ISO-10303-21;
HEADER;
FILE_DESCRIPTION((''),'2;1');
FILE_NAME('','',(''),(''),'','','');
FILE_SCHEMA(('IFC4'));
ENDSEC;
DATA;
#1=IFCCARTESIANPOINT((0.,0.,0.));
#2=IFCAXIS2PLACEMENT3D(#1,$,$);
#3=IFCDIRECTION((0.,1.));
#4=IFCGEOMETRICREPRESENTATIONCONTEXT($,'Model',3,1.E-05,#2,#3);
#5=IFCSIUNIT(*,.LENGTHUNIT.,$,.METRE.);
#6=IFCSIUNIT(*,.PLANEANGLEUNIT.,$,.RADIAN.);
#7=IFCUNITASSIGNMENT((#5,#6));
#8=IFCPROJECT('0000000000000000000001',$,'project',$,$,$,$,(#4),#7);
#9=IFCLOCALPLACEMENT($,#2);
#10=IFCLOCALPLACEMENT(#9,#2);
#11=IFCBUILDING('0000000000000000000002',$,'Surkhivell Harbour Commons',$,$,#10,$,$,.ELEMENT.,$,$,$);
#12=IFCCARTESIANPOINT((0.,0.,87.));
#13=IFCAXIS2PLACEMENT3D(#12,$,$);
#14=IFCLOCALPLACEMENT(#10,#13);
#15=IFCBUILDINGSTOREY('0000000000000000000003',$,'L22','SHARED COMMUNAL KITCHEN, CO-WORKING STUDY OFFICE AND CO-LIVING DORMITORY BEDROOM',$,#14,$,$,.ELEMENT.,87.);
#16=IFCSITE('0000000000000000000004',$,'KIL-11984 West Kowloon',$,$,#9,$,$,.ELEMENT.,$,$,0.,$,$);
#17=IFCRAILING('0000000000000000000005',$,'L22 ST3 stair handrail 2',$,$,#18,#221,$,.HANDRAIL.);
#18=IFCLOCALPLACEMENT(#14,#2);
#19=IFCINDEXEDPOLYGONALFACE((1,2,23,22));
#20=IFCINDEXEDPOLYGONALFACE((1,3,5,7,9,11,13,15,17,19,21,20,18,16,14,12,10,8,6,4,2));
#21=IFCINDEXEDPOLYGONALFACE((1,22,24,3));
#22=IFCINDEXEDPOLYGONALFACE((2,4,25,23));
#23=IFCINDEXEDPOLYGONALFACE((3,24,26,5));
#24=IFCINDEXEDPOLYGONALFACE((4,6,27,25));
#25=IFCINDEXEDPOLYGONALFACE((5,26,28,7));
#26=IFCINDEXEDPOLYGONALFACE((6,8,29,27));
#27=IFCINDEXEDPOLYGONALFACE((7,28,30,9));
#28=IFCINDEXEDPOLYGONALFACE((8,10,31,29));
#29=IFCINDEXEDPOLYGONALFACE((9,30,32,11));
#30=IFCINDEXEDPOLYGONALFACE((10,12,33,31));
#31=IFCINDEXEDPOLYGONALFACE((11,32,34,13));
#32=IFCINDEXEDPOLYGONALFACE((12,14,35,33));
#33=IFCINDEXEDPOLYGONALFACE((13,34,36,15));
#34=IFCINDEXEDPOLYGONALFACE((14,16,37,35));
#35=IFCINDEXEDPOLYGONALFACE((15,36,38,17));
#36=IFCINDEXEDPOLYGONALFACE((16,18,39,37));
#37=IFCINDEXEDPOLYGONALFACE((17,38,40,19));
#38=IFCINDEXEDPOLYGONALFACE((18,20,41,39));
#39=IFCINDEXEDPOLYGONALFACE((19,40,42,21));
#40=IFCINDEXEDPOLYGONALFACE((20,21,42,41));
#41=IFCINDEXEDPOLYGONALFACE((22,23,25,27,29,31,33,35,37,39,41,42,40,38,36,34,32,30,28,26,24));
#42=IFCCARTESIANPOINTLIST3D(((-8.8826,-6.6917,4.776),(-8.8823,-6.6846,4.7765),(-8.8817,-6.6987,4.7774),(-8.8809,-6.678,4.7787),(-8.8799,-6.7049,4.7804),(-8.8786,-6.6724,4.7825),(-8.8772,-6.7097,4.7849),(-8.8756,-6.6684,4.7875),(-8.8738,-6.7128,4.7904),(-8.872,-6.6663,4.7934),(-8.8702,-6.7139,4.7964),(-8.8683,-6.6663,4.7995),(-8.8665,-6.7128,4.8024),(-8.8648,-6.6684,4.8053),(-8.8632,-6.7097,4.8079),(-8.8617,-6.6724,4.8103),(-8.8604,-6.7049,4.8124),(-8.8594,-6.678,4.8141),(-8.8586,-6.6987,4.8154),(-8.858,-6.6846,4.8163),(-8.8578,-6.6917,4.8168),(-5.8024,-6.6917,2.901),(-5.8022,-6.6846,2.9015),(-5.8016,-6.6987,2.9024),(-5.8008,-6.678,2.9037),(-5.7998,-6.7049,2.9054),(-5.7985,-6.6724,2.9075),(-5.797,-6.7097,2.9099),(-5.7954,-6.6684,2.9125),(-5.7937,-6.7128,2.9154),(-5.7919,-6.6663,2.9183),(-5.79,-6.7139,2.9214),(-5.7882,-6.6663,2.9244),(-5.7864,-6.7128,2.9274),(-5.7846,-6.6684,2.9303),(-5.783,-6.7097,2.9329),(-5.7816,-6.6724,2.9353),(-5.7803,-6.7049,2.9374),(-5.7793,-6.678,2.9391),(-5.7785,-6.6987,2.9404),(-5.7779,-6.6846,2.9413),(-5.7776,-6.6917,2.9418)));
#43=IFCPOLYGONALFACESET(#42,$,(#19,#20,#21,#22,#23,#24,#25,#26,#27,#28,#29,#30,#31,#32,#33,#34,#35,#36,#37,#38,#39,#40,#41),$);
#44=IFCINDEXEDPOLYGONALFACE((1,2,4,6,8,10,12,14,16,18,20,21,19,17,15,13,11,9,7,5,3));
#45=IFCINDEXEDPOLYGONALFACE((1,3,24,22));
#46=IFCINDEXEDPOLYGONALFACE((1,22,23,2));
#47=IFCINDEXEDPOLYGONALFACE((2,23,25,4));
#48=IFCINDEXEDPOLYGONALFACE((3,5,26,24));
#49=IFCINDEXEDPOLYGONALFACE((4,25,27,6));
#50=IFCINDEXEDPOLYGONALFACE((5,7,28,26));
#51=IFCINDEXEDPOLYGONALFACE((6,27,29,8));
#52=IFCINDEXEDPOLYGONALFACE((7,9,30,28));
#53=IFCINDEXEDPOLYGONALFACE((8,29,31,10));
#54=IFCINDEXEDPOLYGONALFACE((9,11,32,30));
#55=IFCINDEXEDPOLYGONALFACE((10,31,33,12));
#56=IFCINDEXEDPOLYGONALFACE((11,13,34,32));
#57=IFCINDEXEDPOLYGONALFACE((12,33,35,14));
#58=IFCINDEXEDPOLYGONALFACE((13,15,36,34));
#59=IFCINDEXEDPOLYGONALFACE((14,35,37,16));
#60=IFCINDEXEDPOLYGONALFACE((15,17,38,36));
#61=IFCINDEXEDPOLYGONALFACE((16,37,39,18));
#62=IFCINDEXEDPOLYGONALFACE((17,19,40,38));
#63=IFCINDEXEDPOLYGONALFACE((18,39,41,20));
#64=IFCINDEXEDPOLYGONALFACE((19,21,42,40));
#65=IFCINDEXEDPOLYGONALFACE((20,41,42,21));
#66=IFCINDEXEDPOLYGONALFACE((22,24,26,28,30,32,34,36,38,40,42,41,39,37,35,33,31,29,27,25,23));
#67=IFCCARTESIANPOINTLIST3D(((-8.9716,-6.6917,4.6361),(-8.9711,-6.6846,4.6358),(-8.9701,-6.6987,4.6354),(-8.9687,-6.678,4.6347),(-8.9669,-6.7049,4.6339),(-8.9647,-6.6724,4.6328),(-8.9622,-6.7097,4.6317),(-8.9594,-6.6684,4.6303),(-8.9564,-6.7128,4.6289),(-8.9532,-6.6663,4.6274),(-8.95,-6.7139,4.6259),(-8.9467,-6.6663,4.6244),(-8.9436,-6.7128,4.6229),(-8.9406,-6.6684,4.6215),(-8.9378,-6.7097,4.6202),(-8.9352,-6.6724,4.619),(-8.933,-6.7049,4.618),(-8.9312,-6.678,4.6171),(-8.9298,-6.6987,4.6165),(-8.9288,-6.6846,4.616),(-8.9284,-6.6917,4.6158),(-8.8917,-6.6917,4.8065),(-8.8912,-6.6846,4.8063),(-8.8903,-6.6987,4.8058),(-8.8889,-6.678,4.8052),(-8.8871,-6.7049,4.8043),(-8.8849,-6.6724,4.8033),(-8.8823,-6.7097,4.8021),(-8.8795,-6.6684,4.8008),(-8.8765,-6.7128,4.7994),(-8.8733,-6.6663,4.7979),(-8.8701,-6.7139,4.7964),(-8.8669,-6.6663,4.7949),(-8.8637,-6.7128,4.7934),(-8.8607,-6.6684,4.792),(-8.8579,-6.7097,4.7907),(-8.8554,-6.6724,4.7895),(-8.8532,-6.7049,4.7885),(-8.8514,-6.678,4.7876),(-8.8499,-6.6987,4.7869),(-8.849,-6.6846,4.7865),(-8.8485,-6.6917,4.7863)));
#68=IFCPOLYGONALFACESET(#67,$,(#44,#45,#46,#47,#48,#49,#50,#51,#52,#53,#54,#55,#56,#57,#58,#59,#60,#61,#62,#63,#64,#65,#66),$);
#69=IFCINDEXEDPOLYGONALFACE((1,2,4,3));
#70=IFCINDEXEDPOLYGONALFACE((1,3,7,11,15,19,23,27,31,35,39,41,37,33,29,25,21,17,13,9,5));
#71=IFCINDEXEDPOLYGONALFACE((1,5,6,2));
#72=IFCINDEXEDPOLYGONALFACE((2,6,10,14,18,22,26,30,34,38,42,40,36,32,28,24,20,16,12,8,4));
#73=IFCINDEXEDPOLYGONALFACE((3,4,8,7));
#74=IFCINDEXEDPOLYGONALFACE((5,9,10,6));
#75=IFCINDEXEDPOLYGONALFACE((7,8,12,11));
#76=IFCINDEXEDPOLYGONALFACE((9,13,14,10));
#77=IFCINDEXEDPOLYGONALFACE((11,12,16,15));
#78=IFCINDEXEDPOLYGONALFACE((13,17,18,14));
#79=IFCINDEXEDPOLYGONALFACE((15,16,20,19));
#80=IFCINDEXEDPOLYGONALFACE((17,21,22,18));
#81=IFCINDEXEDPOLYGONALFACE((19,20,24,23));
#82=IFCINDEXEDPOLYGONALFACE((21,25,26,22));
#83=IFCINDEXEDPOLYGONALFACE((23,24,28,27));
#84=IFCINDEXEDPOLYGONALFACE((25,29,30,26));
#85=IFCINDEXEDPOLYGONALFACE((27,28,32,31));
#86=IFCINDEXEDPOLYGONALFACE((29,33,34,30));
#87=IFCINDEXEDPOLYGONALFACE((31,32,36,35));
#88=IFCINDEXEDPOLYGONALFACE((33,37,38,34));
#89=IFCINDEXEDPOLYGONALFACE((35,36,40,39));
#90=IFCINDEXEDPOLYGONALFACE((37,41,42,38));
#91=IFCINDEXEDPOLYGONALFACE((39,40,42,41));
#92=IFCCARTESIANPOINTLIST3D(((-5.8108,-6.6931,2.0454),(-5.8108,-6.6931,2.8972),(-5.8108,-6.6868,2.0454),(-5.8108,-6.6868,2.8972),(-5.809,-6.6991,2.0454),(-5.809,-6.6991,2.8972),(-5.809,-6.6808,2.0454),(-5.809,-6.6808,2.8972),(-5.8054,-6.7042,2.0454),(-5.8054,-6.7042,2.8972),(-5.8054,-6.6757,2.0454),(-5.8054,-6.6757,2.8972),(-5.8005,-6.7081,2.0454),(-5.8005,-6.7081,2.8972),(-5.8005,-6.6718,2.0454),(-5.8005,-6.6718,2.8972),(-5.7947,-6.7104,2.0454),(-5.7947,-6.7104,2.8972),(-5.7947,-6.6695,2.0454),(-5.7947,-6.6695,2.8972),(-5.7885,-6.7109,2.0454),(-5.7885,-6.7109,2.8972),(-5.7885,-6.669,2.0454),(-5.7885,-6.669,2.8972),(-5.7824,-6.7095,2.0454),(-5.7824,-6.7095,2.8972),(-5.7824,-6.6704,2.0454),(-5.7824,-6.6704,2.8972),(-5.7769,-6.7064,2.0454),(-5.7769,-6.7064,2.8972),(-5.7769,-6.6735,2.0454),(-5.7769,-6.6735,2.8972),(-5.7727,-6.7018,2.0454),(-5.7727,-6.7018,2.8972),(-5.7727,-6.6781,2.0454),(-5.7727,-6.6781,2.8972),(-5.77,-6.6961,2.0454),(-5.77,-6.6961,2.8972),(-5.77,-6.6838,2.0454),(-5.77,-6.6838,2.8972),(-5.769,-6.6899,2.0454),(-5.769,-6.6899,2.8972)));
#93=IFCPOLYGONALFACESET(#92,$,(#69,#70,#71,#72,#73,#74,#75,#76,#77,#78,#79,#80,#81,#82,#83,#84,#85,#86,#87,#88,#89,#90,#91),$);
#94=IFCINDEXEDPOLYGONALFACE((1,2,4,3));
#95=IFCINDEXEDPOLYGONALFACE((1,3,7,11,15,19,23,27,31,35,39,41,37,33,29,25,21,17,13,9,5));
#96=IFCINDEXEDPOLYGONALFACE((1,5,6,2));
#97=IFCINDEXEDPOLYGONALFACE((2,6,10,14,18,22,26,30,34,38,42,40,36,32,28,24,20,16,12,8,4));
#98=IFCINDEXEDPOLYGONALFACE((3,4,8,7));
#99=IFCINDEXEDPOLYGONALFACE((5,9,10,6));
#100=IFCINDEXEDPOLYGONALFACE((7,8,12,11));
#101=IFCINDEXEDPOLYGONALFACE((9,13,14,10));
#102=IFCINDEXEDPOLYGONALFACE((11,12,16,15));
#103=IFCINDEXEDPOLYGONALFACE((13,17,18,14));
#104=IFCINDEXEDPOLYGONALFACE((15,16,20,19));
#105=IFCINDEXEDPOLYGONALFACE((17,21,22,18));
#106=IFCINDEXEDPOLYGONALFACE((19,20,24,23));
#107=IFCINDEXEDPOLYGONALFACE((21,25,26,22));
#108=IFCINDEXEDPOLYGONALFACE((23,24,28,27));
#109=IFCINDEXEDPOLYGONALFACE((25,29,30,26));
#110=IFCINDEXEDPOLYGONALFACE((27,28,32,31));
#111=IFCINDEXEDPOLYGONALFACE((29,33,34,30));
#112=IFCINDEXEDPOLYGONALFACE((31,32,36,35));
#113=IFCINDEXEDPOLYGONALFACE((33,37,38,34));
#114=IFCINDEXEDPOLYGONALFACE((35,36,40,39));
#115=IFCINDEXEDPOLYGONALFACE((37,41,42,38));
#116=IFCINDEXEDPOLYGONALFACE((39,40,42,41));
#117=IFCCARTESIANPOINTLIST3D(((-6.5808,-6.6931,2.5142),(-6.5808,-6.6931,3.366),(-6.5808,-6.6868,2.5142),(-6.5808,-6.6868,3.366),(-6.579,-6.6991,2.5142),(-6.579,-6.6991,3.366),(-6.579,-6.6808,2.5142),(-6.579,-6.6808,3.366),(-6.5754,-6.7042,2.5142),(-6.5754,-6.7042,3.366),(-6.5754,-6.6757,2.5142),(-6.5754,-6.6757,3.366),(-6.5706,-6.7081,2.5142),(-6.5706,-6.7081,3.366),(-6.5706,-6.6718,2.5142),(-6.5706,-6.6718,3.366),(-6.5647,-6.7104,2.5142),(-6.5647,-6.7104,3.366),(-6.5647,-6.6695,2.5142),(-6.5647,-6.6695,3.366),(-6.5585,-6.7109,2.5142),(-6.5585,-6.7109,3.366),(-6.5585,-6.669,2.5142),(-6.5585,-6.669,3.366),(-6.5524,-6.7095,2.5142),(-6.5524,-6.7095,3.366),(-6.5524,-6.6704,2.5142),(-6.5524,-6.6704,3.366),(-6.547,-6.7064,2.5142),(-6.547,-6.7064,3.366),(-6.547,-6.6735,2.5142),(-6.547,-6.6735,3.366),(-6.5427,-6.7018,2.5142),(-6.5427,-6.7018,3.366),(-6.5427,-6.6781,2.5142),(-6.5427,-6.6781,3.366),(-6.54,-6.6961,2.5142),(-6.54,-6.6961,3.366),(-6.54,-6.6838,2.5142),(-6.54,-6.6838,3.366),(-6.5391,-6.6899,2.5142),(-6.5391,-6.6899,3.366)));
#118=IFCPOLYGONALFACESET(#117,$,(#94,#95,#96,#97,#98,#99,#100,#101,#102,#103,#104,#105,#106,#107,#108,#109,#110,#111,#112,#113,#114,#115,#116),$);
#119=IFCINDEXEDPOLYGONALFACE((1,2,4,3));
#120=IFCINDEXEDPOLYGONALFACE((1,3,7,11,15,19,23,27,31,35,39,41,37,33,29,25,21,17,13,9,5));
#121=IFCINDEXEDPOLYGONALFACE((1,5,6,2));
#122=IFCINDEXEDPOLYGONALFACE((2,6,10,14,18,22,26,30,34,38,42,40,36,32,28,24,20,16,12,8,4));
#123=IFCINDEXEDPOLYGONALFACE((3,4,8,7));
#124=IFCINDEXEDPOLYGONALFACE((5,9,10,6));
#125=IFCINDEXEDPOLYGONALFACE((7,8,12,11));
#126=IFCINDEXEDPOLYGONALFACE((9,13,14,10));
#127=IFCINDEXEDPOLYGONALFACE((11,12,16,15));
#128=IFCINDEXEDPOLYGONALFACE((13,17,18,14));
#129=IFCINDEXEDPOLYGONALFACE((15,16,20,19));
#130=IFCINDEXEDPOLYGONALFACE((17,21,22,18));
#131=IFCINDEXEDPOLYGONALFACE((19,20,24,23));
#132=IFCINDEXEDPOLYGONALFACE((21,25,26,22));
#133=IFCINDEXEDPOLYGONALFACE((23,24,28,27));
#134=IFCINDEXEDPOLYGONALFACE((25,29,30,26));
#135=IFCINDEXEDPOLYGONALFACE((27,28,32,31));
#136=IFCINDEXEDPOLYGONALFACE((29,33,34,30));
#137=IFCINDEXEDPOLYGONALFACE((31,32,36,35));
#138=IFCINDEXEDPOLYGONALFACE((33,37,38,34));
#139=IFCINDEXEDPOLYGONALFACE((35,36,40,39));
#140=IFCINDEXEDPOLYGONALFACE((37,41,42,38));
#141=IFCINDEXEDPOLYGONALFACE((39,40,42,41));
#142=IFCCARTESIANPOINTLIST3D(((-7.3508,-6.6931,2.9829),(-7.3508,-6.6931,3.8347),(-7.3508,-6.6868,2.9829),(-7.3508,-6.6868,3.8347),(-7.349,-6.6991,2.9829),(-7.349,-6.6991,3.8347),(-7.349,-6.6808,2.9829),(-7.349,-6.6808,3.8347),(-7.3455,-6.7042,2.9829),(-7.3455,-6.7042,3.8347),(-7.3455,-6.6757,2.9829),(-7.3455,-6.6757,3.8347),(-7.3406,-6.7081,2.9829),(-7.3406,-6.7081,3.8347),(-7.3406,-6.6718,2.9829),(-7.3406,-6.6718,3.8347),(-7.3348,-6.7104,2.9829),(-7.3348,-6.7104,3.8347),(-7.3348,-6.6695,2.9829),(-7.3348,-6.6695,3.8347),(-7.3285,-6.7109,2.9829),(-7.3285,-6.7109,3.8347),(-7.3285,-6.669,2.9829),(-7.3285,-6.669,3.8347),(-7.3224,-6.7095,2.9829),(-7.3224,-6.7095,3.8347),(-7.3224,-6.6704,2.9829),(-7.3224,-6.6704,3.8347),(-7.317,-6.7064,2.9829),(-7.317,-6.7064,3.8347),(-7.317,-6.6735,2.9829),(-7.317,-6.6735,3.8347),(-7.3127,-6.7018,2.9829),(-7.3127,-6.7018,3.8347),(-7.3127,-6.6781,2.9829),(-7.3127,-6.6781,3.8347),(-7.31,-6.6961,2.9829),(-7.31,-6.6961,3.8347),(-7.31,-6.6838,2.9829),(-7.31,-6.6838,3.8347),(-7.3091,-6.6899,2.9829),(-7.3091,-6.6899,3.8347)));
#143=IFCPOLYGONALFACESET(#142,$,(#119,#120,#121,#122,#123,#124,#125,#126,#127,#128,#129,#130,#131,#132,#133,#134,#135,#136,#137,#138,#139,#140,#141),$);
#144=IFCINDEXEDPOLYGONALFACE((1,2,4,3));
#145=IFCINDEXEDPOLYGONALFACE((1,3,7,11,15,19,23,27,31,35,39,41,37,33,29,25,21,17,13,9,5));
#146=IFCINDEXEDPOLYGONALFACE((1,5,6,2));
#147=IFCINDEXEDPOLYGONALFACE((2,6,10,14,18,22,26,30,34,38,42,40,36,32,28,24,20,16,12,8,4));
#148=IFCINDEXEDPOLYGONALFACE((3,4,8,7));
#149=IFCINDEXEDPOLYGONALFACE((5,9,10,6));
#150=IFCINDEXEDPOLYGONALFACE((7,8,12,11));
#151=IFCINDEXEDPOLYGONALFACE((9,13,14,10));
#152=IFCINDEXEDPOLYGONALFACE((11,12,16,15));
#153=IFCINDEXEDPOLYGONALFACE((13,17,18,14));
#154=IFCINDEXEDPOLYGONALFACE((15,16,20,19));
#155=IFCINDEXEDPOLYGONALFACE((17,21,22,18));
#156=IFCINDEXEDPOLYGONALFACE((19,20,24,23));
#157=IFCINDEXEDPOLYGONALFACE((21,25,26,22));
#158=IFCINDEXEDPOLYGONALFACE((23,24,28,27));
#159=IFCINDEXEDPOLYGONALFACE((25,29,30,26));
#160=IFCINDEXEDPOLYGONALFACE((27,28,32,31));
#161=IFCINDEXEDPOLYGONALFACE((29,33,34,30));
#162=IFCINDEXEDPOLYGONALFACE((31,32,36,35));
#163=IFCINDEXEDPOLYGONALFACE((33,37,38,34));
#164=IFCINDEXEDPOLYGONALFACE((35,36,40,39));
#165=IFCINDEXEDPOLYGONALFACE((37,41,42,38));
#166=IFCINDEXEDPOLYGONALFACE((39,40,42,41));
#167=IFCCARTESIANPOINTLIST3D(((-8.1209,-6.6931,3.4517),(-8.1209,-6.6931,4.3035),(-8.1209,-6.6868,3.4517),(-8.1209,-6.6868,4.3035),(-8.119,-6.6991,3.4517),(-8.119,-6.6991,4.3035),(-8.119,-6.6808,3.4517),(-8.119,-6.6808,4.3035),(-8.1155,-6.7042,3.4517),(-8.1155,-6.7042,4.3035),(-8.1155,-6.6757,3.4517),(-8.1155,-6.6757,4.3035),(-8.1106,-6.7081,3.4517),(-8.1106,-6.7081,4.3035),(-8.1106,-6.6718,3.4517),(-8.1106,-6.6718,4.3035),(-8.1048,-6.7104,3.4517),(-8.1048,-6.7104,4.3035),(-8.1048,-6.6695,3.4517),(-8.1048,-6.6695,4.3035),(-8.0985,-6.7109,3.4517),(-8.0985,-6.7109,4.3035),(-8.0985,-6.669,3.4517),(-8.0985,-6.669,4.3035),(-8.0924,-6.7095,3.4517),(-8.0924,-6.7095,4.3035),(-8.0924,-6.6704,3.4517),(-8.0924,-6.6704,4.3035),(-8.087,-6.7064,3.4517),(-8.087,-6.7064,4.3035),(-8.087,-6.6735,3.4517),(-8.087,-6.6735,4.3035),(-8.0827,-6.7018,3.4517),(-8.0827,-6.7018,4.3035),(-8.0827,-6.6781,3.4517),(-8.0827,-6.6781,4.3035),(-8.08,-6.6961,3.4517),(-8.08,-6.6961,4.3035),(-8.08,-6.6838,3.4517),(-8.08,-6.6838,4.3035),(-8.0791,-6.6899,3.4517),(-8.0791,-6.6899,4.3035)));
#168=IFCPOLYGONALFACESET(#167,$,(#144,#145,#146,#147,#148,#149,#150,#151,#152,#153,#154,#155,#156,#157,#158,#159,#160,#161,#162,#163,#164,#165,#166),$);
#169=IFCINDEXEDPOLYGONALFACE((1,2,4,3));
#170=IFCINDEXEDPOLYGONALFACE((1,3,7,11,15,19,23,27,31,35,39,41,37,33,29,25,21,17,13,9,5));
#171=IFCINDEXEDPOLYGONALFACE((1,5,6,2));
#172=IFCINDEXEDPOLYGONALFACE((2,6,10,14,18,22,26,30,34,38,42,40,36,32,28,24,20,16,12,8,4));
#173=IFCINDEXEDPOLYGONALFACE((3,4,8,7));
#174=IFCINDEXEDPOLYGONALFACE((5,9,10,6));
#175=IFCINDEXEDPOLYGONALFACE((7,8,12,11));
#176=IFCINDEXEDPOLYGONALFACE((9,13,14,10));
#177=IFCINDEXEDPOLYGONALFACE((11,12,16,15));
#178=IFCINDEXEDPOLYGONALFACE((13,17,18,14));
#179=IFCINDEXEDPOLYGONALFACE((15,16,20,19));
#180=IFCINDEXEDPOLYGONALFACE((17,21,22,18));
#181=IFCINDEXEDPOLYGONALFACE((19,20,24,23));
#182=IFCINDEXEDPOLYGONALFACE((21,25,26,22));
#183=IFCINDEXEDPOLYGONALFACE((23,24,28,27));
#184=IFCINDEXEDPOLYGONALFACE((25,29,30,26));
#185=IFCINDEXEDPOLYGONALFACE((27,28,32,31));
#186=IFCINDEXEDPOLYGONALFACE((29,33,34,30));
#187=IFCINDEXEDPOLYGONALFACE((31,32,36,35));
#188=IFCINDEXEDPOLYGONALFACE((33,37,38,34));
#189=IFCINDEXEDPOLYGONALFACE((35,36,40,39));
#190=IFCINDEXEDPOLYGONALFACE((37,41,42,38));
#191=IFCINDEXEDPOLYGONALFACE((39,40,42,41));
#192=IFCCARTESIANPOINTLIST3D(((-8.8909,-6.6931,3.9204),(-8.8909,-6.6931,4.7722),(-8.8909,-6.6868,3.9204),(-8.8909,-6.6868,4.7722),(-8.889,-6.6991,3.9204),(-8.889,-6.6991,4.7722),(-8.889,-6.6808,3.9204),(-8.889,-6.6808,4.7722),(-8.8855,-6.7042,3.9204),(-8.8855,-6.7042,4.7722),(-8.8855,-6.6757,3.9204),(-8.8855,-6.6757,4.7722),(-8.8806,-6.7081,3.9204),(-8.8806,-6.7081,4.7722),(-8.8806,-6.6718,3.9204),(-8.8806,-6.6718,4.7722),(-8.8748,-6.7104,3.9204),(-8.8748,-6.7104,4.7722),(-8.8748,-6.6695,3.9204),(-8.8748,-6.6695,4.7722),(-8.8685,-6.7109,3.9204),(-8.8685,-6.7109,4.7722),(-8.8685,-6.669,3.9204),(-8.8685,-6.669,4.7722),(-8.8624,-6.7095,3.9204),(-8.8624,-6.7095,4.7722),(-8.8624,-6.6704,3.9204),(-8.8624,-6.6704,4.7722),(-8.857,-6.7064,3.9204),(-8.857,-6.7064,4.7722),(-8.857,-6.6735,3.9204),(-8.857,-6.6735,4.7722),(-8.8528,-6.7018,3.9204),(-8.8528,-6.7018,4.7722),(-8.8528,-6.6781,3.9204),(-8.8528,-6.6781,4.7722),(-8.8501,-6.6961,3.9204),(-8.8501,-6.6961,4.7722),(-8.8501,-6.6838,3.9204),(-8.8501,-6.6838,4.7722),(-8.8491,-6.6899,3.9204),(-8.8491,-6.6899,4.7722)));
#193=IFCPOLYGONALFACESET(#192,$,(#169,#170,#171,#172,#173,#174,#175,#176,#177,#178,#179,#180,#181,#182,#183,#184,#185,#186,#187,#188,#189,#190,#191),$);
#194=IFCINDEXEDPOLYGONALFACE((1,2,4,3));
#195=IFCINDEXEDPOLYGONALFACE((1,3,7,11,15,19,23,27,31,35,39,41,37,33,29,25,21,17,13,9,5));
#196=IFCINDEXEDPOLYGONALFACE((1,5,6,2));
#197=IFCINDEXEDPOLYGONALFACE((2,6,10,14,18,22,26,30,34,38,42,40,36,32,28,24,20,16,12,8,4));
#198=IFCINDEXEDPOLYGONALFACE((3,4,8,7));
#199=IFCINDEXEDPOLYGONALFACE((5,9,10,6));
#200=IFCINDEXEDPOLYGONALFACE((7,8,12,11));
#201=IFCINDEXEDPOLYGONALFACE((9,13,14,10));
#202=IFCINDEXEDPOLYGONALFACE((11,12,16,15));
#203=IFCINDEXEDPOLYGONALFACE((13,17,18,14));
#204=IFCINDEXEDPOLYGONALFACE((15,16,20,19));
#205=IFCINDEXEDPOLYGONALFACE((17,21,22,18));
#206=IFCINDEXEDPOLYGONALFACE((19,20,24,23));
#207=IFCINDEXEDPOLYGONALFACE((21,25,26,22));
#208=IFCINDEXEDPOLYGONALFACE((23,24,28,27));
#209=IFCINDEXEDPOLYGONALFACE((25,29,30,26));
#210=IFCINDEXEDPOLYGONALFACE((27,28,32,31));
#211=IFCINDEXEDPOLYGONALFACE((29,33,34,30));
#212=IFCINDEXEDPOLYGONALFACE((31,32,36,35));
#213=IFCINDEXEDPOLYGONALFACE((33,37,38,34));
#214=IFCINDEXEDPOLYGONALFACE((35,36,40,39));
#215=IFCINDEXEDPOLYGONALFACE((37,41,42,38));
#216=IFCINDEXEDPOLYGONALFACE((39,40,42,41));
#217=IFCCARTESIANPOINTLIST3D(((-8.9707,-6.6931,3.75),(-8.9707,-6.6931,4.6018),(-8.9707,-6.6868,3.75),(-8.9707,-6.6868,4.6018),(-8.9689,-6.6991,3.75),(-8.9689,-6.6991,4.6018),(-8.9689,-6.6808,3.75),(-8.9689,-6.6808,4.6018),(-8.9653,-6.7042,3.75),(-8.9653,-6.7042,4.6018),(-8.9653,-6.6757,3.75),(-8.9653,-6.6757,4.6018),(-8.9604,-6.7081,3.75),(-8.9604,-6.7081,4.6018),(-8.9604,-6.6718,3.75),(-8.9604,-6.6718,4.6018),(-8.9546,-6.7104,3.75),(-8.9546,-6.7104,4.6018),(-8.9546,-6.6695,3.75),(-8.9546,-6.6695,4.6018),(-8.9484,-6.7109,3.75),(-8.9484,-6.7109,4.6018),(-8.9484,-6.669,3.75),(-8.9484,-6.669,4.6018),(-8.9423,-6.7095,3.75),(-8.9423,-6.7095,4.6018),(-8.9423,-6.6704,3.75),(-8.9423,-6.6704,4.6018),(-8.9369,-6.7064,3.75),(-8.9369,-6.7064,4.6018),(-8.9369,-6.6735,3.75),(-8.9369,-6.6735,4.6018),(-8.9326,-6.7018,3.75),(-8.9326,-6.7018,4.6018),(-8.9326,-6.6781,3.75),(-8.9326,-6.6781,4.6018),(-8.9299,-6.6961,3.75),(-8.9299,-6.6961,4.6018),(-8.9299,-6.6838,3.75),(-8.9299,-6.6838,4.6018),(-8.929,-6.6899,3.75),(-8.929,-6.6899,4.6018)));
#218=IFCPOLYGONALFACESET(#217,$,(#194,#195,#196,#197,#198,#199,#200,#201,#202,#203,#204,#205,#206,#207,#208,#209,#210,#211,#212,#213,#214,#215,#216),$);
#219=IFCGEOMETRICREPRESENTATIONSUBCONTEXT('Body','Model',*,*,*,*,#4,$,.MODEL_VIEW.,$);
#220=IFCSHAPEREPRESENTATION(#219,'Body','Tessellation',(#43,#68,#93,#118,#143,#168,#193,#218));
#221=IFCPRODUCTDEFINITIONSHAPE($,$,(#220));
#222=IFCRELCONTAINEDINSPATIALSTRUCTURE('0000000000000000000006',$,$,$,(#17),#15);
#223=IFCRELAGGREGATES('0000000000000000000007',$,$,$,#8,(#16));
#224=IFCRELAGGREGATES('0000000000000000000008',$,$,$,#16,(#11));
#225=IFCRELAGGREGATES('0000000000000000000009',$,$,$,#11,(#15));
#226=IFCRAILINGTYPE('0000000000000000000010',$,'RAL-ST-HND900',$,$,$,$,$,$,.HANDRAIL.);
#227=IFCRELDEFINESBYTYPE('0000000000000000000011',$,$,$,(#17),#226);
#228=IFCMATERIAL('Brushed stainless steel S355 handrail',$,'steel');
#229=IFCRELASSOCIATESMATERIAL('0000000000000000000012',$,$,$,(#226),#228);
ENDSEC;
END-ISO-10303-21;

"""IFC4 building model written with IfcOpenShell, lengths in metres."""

from ifc_helpers import new_model, si_unit, direction, frame, origin, origin_2d, place, context, subcontext, project, spatial, circle, extrude, material, type_object, element, save


model = new_model("IFC4")

# Units and contexts
model_context = context("Model", 3, precision=1e-05, world=origin(), true_north=direction((0.0, 1.0)))
body_context = subcontext(model_context, "Body", "Model", "MODEL_VIEW")
ifc_project = project(units=[si_unit("LENGTHUNIT", "METRE"), si_unit("PLANEANGLEUNIT", "RADIAN")], contexts=[model_context])

# Site, building, storey
site_placement = place(None, origin())
site = spatial("IfcSite", under=ifc_project, at=site_placement, Name="KIL-11984 West Kowloon", CompositionType="ELEMENT", RefElevation=0.0)
building_placement = place(site_placement, origin())
building = spatial("IfcBuilding", under=site, at=building_placement, Name="Surkhivell Harbour Commons", CompositionType="ELEMENT")
storey_placement = place(building_placement, frame((0.0, 0.0, 87.0)))
storey = spatial("IfcBuildingStorey", under=building, at=storey_placement, Name="L22", Description="SHARED COMMUNAL KITCHEN, CO-WORKING STUDY OFFICE AND CO-LIVING DORMITORY BEDROOM", CompositionType="ELEMENT", Elevation=87.0)

# Railing
ifc_material_1 = material(Name="Brushed stainless steel S355 handrail", Category="steel")
railing_type_1 = type_object("IfcRailingType", Name="RAL-ST-HND900", PredefinedType="HANDRAIL", material=ifc_material_1)
railing_1_placement = place(storey_placement, frame((-5.79, -6.6899, 2.0454)))
element("IfcRailing", 1, at=railing_1_placement, inside=storey, type_object=railing_type_1, Name="L22 ST3 stair handrail 2", PredefinedType="HANDRAIL", context=body_context, shape_type="SweptSolid", body=[
    extrude(circle(Radius=0.0239, at=origin_2d()), frame((0.0, 0.0, 0.876), z_axis=(-0.854178, 0.0, 0.519981), x_axis=(0.0, -1.0, 0.0)), (0.0, 0.0, 1.0), 3.606),
    extrude(circle(Radius=0.0239, at=origin_2d()), frame((-3.0801, 0.0, 2.751), z_axis=(-0.424234, 0.0, -0.905552), x_axis=(0.0, -1.0, 0.0)), (0.0, 0.0, 1.0), 0.1882),
    extrude(circle(Radius=0.021, at=origin_2d()), origin(), (0.0, 0.0, 1.0), 0.8518),
    extrude(circle(Radius=0.021, at=origin_2d()), frame((-0.77, 0.0, 0.4688)), (0.0, 0.0, 1.0), 0.8518),
    extrude(circle(Radius=0.021, at=origin_2d()), frame((-1.54, 0.0, 0.9375)), (0.0, 0.0, 1.0), 0.8518),
    extrude(circle(Radius=0.021, at=origin_2d()), frame((-2.3101, 0.0, 1.4062)), (0.0, 0.0, 1.0), 0.8518),
    extrude(circle(Radius=0.021, at=origin_2d()), frame((-3.0801, 0.0, 1.875)), (0.0, 0.0, 1.0), 0.8518),
    extrude(circle(Radius=0.021, at=origin_2d()), frame((-3.1599, 0.0, 1.7046)), (0.0, 0.0, 1.0), 0.8518),
])

save(model, "model.ifc")
